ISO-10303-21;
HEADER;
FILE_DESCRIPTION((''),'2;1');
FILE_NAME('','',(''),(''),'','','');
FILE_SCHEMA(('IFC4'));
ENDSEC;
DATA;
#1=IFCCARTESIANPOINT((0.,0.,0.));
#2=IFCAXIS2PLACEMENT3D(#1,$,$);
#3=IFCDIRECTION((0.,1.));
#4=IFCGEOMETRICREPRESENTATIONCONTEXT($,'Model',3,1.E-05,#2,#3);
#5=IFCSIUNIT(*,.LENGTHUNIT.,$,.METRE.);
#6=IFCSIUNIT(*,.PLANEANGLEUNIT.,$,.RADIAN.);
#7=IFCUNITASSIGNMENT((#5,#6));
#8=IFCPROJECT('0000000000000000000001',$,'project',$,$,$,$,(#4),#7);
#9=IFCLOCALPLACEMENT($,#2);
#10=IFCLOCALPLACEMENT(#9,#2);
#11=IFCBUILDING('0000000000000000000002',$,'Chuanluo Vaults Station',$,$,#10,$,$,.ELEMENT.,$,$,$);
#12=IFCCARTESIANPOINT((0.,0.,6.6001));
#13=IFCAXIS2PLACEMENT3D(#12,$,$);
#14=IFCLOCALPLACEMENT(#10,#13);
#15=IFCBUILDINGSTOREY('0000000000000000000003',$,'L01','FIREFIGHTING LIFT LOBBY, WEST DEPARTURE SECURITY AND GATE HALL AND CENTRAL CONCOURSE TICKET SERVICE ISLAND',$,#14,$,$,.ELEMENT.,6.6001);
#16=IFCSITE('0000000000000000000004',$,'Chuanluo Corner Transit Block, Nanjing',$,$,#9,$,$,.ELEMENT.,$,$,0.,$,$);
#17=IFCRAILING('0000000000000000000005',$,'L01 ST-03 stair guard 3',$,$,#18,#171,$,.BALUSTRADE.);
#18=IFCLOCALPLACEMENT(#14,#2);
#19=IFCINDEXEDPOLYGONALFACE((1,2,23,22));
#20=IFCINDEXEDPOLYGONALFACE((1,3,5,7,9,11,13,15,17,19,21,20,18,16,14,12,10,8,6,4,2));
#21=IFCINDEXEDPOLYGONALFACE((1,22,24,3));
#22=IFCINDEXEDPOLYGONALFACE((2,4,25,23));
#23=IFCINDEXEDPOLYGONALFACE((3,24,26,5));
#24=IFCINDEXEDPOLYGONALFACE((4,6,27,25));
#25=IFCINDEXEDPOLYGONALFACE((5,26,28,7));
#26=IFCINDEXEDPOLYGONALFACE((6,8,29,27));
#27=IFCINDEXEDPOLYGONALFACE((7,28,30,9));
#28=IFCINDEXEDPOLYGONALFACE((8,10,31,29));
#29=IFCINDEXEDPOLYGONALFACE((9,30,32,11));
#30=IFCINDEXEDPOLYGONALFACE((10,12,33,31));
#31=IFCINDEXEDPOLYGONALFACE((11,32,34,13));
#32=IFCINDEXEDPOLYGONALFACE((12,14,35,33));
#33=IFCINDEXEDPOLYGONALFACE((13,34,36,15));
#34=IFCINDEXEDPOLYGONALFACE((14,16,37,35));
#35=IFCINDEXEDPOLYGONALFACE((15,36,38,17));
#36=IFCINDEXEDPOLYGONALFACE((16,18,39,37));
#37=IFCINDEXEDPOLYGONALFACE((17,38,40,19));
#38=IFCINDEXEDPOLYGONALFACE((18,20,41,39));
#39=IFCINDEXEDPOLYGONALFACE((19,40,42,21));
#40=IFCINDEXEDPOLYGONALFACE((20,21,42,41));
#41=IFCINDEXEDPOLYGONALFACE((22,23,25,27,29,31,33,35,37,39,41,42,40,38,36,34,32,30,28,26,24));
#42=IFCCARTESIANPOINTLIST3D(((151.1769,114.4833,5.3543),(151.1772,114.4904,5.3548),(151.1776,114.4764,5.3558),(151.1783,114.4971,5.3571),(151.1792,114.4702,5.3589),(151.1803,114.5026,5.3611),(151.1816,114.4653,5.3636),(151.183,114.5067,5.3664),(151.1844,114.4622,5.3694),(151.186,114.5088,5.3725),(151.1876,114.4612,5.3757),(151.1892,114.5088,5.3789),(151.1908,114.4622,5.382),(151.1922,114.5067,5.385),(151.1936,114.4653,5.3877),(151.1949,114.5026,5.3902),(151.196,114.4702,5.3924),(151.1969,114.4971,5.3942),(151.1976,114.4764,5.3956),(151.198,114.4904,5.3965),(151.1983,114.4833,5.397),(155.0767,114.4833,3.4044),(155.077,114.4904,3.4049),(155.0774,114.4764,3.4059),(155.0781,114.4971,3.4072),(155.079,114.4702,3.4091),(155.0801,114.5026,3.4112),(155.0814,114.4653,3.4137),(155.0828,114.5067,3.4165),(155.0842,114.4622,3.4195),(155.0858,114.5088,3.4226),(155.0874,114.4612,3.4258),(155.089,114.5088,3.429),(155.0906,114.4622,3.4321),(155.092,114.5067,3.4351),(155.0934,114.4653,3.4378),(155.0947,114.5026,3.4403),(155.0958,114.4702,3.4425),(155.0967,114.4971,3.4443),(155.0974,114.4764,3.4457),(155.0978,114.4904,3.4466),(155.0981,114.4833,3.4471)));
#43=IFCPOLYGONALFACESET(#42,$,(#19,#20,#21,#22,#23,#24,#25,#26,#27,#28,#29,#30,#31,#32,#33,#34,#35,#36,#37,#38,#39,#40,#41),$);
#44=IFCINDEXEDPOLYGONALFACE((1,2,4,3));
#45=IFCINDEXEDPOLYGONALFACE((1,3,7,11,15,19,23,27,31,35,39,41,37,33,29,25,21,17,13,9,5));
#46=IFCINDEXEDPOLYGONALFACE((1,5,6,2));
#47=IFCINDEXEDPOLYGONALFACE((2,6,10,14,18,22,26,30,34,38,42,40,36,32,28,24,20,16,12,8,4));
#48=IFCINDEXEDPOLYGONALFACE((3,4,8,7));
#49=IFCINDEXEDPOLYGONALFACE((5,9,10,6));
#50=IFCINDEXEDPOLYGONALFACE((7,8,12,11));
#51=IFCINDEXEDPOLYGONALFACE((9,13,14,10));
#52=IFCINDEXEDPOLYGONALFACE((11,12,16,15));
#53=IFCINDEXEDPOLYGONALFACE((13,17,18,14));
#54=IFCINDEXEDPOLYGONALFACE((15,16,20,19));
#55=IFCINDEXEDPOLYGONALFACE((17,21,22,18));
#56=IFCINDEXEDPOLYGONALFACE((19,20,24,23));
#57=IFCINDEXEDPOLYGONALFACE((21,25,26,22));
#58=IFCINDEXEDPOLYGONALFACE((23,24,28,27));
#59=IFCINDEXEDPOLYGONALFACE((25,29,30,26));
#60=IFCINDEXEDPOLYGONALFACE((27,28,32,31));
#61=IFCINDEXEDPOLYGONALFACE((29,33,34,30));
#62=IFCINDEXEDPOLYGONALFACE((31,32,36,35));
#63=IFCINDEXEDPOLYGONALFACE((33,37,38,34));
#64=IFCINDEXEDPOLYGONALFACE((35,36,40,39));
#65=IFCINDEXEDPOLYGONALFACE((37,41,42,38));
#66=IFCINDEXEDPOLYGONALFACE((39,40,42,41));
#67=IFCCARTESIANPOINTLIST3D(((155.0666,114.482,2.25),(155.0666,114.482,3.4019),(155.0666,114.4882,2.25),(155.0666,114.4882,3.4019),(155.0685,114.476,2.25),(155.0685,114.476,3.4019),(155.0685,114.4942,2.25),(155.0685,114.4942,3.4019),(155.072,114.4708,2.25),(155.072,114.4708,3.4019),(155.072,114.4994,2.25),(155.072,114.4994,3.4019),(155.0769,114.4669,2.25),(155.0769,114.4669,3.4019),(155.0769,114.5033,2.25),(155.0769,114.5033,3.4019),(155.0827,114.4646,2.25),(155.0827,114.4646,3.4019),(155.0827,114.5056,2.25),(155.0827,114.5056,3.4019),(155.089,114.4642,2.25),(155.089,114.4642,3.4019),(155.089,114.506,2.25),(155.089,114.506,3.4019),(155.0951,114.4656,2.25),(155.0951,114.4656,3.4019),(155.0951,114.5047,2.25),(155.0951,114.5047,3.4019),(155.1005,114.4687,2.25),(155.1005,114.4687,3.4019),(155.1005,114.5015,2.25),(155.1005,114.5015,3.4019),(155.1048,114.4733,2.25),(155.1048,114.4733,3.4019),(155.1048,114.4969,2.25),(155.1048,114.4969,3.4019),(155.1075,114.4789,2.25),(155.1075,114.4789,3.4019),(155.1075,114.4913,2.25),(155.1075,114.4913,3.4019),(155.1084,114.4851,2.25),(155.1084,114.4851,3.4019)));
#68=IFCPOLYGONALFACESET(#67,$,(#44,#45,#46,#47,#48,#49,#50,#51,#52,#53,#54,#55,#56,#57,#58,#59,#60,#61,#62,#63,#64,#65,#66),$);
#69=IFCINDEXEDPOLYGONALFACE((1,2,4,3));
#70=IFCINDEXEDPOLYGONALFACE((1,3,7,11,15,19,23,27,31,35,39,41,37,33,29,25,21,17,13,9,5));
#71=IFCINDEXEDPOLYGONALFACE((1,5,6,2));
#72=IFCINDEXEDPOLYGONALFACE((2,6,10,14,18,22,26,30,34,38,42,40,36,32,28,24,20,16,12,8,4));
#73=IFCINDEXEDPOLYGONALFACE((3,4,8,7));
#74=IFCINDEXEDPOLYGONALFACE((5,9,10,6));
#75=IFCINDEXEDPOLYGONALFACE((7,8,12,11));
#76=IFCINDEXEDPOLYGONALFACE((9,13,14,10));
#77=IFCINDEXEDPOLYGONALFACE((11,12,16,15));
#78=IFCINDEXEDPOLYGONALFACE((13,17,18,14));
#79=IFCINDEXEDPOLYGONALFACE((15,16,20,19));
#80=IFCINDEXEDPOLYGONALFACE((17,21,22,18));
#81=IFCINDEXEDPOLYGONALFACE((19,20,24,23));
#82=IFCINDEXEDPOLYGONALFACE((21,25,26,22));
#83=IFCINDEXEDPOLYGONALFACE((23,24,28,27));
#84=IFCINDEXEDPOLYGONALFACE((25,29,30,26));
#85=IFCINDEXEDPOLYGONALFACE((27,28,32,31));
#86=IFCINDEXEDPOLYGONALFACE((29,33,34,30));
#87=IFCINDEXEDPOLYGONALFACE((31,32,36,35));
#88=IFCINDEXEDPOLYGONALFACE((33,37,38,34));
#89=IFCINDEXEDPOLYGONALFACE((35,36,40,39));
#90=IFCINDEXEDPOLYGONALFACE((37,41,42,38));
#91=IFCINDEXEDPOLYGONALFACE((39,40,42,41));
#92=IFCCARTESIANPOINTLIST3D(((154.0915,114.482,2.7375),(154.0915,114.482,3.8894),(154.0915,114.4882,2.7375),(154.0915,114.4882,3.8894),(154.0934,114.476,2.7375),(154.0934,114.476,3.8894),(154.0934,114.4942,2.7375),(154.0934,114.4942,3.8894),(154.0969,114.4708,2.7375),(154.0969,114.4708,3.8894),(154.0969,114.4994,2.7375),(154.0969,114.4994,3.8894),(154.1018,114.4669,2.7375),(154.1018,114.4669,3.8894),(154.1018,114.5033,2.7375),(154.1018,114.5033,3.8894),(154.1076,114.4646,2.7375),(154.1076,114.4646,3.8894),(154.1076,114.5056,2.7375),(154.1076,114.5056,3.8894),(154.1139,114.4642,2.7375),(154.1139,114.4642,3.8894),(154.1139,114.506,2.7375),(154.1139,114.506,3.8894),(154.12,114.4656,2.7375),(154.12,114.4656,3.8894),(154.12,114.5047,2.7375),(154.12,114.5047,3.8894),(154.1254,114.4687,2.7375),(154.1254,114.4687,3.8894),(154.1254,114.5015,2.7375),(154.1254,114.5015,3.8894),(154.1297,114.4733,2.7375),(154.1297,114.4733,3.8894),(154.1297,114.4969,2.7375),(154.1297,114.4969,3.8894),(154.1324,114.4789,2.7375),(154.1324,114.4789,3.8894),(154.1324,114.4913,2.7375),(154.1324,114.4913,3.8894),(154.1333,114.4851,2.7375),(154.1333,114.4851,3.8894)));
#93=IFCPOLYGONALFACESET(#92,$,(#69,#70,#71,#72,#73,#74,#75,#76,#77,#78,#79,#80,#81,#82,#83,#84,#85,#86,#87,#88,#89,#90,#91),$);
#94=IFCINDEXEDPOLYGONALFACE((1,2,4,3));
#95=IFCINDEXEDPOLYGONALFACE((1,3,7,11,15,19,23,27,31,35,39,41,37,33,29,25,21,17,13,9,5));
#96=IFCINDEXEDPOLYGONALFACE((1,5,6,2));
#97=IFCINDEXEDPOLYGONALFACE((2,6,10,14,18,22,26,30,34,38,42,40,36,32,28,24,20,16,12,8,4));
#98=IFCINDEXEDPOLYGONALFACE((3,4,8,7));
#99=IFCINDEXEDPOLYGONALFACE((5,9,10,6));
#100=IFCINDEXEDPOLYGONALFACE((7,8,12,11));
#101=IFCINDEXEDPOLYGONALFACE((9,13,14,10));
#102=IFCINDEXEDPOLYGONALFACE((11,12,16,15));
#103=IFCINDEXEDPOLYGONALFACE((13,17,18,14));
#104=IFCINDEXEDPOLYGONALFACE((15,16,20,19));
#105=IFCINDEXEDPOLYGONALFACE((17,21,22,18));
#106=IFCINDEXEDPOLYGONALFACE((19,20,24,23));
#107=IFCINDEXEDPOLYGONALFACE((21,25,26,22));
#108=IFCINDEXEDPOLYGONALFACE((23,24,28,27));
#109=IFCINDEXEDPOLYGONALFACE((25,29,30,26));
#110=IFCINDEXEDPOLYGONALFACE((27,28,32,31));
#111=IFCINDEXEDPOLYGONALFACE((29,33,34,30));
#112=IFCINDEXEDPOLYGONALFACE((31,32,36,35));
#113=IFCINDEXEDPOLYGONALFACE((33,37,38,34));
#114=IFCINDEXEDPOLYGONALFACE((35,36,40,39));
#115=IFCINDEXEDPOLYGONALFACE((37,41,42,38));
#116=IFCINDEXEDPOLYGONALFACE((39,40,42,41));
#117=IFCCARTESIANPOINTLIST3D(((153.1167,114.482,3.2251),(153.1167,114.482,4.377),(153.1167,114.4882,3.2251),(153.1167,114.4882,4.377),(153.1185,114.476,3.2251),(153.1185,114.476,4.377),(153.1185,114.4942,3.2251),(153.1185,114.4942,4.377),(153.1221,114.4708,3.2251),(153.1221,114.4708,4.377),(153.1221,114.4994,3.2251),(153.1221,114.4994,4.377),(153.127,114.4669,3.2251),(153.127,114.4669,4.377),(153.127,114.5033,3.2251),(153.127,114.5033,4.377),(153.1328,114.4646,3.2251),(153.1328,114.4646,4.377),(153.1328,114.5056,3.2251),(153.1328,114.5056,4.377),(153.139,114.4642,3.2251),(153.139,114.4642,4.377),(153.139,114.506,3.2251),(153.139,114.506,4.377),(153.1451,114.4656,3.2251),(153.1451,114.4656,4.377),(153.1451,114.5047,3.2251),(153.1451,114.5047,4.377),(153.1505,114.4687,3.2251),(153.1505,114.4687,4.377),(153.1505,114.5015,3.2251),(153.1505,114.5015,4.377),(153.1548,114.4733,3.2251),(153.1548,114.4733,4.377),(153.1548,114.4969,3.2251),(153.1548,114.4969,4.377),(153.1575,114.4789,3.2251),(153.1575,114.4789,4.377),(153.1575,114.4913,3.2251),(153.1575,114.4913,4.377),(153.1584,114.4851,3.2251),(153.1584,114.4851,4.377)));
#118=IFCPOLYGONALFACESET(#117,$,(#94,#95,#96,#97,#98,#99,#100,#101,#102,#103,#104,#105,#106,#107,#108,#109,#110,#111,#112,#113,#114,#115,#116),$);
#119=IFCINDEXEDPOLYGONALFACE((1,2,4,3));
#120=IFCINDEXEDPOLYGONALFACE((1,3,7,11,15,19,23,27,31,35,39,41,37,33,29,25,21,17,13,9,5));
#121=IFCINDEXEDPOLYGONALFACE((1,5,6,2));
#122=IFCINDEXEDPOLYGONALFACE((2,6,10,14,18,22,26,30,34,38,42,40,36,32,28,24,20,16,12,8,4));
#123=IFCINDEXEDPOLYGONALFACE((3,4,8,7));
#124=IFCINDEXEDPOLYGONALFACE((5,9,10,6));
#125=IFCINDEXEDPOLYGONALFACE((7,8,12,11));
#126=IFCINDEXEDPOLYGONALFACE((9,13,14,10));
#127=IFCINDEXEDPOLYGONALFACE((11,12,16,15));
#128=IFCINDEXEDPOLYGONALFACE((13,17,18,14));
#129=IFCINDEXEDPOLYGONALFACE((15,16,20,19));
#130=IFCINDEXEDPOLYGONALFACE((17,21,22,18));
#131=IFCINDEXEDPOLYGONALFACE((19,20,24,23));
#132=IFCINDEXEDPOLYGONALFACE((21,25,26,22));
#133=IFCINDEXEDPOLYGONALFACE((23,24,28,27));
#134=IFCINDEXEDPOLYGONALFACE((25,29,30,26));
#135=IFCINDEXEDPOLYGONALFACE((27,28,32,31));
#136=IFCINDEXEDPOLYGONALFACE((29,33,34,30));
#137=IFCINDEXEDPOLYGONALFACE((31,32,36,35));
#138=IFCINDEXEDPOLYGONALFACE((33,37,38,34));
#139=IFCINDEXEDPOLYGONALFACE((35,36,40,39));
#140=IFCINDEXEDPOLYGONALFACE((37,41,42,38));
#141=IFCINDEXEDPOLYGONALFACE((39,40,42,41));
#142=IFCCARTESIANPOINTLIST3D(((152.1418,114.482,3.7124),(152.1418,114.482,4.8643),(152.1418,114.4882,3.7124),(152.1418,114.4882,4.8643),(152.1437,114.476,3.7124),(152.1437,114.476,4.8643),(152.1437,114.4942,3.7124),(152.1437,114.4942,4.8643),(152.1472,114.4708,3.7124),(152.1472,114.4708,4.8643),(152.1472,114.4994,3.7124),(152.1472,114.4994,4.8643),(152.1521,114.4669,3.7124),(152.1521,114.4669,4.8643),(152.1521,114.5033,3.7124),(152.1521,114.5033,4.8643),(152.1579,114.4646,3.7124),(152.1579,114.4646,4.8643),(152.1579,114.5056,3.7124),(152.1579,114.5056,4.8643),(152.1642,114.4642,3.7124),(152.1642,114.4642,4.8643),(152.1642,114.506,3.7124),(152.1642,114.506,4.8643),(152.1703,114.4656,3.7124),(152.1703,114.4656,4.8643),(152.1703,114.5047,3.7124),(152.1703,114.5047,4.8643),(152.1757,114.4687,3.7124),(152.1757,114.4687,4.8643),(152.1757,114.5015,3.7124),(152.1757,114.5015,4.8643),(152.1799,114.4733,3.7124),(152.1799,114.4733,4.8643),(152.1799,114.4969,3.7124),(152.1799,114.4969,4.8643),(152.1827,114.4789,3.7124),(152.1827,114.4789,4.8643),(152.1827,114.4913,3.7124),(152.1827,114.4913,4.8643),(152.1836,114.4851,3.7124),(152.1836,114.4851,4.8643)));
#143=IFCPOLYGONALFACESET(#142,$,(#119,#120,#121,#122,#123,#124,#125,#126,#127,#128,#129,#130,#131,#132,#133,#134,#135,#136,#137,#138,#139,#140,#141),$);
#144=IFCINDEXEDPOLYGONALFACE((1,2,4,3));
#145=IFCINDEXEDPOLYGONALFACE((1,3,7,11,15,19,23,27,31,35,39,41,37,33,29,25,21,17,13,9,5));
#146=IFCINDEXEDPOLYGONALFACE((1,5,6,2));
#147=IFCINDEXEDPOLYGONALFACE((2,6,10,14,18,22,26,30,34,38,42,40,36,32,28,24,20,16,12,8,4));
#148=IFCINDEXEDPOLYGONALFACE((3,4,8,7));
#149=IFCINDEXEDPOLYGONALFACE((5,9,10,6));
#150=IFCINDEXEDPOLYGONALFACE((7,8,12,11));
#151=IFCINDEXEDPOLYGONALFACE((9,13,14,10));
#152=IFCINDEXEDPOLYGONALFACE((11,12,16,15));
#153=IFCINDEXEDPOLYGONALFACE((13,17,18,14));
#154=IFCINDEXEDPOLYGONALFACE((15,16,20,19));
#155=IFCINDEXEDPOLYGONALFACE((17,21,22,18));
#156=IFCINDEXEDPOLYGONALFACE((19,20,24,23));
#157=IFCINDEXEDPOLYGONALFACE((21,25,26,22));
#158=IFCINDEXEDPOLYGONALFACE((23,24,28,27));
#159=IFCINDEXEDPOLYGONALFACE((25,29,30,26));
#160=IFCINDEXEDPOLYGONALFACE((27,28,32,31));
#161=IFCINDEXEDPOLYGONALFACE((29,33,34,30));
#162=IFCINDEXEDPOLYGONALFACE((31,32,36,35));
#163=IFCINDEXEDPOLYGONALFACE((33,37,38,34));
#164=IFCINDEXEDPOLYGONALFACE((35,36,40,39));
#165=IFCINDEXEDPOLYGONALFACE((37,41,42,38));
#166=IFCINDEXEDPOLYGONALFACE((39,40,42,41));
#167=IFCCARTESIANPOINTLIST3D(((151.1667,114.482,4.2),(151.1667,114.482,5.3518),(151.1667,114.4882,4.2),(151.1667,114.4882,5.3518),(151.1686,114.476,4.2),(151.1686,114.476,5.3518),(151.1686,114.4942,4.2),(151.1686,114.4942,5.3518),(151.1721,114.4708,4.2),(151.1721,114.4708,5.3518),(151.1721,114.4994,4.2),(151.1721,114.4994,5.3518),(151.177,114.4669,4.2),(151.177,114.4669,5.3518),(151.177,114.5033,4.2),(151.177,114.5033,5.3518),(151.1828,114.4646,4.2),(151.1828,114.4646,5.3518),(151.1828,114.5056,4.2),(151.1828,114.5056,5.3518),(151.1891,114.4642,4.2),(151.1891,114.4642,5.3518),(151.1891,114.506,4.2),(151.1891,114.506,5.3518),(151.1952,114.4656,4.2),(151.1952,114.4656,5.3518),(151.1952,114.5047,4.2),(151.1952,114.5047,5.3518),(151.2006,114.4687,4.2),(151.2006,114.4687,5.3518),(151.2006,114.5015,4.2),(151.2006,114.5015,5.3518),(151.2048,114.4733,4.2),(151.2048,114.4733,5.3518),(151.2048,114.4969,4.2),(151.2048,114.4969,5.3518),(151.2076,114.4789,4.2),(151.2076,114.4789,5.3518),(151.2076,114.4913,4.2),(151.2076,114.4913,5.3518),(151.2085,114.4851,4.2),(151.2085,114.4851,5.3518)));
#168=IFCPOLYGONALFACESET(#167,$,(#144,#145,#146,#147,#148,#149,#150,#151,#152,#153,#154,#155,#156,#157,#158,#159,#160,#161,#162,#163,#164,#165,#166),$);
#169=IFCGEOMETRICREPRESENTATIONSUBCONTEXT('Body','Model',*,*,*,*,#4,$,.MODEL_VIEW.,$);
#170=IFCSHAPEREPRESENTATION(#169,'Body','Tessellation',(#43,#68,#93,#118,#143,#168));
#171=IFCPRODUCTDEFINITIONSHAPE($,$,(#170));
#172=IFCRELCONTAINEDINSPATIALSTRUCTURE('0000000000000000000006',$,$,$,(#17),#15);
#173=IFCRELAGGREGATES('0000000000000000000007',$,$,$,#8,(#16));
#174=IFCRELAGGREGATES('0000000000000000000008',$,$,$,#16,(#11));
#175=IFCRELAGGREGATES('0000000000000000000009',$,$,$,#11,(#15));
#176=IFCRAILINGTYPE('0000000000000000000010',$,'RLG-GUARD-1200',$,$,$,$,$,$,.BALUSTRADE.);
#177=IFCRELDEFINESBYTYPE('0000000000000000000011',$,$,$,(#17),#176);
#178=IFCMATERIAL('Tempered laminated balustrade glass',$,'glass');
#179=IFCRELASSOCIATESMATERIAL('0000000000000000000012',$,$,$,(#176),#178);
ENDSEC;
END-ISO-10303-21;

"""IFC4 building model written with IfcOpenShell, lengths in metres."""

from ifc_helpers import new_model, si_unit, direction, frame, origin, origin_2d, place, context, subcontext, project, spatial, circle, extrude, material, type_object, element, save


model = new_model("IFC4")

# Units and contexts
model_context = context("Model", 3, precision=1e-05, world=origin(), true_north=direction((0.0, 1.0)))
body_context = subcontext(model_context, "Body", "Model", "MODEL_VIEW")
ifc_project = project(units=[si_unit("LENGTHUNIT", "METRE"), si_unit("PLANEANGLEUNIT", "RADIAN")], contexts=[model_context])

# Site, building, storey
site_placement = place(None, origin())
site = spatial("IfcSite", under=ifc_project, at=site_placement, Name="Chuanluo Corner Transit Block, Nanjing", CompositionType="ELEMENT", RefElevation=0.0)
building_placement = place(site_placement, origin())
building = spatial("IfcBuilding", under=site, at=building_placement, Name="Chuanluo Vaults Station", CompositionType="ELEMENT")
storey_placement = place(building_placement, frame((0.0, 0.0, 6.6001)))
storey = spatial("IfcBuildingStorey", under=building, at=storey_placement, Name="L01", Description="FIREFIGHTING LIFT LOBBY, WEST DEPARTURE SECURITY AND GATE HALL AND CENTRAL CONCOURSE TICKET SERVICE ISLAND", CompositionType="ELEMENT", Elevation=6.6001)

# Railing
ifc_material_1 = material(Name="Tempered laminated balustrade glass", Category="glass")
railing_type_1 = type_object("IfcRailingType", Name="RLG-GUARD-1200", PredefinedType="BALUSTRADE", material=ifc_material_1)
railing_1_placement = place(storey_placement, frame((155.0874, 114.4851, 2.25)))
element("IfcRailing", 1, at=railing_1_placement, inside=storey, type_object=railing_type_1, Name="L01 ST-03 stair guard 3", PredefinedType="BALUSTRADE", context=body_context, shape_type="SweptSolid", body=[
    extrude(circle(Radius=0.0239, at=origin_2d()), frame((0.0, 0.0, 1.1758), z_axis=(-0.894427, 0.0, 0.447214), x_axis=(0.0, -1.0, 0.0)), (0.0, 0.0, 1.0), 4.3601),
    extrude(circle(Radius=0.021, at=origin_2d()), origin(), (0.0, 0.0, 1.0), 1.1519),
    extrude(circle(Radius=0.021, at=origin_2d()), frame((-0.9751, 0.0, 0.4875)), (0.0, 0.0, 1.0), 1.1519),
    extrude(circle(Radius=0.021, at=origin_2d()), frame((-1.95, 0.0, 0.9751)), (0.0, 0.0, 1.0), 1.1519),
    extrude(circle(Radius=0.021, at=origin_2d()), frame((-2.9248, 0.0, 1.4624)), (0.0, 0.0, 1.0), 1.1519),
    extrude(circle(Radius=0.021, at=origin_2d()), frame((-3.8999, 0.0, 1.95)), (0.0, 0.0, 1.0), 1.1519),
])

save(model, "model.ifc")
